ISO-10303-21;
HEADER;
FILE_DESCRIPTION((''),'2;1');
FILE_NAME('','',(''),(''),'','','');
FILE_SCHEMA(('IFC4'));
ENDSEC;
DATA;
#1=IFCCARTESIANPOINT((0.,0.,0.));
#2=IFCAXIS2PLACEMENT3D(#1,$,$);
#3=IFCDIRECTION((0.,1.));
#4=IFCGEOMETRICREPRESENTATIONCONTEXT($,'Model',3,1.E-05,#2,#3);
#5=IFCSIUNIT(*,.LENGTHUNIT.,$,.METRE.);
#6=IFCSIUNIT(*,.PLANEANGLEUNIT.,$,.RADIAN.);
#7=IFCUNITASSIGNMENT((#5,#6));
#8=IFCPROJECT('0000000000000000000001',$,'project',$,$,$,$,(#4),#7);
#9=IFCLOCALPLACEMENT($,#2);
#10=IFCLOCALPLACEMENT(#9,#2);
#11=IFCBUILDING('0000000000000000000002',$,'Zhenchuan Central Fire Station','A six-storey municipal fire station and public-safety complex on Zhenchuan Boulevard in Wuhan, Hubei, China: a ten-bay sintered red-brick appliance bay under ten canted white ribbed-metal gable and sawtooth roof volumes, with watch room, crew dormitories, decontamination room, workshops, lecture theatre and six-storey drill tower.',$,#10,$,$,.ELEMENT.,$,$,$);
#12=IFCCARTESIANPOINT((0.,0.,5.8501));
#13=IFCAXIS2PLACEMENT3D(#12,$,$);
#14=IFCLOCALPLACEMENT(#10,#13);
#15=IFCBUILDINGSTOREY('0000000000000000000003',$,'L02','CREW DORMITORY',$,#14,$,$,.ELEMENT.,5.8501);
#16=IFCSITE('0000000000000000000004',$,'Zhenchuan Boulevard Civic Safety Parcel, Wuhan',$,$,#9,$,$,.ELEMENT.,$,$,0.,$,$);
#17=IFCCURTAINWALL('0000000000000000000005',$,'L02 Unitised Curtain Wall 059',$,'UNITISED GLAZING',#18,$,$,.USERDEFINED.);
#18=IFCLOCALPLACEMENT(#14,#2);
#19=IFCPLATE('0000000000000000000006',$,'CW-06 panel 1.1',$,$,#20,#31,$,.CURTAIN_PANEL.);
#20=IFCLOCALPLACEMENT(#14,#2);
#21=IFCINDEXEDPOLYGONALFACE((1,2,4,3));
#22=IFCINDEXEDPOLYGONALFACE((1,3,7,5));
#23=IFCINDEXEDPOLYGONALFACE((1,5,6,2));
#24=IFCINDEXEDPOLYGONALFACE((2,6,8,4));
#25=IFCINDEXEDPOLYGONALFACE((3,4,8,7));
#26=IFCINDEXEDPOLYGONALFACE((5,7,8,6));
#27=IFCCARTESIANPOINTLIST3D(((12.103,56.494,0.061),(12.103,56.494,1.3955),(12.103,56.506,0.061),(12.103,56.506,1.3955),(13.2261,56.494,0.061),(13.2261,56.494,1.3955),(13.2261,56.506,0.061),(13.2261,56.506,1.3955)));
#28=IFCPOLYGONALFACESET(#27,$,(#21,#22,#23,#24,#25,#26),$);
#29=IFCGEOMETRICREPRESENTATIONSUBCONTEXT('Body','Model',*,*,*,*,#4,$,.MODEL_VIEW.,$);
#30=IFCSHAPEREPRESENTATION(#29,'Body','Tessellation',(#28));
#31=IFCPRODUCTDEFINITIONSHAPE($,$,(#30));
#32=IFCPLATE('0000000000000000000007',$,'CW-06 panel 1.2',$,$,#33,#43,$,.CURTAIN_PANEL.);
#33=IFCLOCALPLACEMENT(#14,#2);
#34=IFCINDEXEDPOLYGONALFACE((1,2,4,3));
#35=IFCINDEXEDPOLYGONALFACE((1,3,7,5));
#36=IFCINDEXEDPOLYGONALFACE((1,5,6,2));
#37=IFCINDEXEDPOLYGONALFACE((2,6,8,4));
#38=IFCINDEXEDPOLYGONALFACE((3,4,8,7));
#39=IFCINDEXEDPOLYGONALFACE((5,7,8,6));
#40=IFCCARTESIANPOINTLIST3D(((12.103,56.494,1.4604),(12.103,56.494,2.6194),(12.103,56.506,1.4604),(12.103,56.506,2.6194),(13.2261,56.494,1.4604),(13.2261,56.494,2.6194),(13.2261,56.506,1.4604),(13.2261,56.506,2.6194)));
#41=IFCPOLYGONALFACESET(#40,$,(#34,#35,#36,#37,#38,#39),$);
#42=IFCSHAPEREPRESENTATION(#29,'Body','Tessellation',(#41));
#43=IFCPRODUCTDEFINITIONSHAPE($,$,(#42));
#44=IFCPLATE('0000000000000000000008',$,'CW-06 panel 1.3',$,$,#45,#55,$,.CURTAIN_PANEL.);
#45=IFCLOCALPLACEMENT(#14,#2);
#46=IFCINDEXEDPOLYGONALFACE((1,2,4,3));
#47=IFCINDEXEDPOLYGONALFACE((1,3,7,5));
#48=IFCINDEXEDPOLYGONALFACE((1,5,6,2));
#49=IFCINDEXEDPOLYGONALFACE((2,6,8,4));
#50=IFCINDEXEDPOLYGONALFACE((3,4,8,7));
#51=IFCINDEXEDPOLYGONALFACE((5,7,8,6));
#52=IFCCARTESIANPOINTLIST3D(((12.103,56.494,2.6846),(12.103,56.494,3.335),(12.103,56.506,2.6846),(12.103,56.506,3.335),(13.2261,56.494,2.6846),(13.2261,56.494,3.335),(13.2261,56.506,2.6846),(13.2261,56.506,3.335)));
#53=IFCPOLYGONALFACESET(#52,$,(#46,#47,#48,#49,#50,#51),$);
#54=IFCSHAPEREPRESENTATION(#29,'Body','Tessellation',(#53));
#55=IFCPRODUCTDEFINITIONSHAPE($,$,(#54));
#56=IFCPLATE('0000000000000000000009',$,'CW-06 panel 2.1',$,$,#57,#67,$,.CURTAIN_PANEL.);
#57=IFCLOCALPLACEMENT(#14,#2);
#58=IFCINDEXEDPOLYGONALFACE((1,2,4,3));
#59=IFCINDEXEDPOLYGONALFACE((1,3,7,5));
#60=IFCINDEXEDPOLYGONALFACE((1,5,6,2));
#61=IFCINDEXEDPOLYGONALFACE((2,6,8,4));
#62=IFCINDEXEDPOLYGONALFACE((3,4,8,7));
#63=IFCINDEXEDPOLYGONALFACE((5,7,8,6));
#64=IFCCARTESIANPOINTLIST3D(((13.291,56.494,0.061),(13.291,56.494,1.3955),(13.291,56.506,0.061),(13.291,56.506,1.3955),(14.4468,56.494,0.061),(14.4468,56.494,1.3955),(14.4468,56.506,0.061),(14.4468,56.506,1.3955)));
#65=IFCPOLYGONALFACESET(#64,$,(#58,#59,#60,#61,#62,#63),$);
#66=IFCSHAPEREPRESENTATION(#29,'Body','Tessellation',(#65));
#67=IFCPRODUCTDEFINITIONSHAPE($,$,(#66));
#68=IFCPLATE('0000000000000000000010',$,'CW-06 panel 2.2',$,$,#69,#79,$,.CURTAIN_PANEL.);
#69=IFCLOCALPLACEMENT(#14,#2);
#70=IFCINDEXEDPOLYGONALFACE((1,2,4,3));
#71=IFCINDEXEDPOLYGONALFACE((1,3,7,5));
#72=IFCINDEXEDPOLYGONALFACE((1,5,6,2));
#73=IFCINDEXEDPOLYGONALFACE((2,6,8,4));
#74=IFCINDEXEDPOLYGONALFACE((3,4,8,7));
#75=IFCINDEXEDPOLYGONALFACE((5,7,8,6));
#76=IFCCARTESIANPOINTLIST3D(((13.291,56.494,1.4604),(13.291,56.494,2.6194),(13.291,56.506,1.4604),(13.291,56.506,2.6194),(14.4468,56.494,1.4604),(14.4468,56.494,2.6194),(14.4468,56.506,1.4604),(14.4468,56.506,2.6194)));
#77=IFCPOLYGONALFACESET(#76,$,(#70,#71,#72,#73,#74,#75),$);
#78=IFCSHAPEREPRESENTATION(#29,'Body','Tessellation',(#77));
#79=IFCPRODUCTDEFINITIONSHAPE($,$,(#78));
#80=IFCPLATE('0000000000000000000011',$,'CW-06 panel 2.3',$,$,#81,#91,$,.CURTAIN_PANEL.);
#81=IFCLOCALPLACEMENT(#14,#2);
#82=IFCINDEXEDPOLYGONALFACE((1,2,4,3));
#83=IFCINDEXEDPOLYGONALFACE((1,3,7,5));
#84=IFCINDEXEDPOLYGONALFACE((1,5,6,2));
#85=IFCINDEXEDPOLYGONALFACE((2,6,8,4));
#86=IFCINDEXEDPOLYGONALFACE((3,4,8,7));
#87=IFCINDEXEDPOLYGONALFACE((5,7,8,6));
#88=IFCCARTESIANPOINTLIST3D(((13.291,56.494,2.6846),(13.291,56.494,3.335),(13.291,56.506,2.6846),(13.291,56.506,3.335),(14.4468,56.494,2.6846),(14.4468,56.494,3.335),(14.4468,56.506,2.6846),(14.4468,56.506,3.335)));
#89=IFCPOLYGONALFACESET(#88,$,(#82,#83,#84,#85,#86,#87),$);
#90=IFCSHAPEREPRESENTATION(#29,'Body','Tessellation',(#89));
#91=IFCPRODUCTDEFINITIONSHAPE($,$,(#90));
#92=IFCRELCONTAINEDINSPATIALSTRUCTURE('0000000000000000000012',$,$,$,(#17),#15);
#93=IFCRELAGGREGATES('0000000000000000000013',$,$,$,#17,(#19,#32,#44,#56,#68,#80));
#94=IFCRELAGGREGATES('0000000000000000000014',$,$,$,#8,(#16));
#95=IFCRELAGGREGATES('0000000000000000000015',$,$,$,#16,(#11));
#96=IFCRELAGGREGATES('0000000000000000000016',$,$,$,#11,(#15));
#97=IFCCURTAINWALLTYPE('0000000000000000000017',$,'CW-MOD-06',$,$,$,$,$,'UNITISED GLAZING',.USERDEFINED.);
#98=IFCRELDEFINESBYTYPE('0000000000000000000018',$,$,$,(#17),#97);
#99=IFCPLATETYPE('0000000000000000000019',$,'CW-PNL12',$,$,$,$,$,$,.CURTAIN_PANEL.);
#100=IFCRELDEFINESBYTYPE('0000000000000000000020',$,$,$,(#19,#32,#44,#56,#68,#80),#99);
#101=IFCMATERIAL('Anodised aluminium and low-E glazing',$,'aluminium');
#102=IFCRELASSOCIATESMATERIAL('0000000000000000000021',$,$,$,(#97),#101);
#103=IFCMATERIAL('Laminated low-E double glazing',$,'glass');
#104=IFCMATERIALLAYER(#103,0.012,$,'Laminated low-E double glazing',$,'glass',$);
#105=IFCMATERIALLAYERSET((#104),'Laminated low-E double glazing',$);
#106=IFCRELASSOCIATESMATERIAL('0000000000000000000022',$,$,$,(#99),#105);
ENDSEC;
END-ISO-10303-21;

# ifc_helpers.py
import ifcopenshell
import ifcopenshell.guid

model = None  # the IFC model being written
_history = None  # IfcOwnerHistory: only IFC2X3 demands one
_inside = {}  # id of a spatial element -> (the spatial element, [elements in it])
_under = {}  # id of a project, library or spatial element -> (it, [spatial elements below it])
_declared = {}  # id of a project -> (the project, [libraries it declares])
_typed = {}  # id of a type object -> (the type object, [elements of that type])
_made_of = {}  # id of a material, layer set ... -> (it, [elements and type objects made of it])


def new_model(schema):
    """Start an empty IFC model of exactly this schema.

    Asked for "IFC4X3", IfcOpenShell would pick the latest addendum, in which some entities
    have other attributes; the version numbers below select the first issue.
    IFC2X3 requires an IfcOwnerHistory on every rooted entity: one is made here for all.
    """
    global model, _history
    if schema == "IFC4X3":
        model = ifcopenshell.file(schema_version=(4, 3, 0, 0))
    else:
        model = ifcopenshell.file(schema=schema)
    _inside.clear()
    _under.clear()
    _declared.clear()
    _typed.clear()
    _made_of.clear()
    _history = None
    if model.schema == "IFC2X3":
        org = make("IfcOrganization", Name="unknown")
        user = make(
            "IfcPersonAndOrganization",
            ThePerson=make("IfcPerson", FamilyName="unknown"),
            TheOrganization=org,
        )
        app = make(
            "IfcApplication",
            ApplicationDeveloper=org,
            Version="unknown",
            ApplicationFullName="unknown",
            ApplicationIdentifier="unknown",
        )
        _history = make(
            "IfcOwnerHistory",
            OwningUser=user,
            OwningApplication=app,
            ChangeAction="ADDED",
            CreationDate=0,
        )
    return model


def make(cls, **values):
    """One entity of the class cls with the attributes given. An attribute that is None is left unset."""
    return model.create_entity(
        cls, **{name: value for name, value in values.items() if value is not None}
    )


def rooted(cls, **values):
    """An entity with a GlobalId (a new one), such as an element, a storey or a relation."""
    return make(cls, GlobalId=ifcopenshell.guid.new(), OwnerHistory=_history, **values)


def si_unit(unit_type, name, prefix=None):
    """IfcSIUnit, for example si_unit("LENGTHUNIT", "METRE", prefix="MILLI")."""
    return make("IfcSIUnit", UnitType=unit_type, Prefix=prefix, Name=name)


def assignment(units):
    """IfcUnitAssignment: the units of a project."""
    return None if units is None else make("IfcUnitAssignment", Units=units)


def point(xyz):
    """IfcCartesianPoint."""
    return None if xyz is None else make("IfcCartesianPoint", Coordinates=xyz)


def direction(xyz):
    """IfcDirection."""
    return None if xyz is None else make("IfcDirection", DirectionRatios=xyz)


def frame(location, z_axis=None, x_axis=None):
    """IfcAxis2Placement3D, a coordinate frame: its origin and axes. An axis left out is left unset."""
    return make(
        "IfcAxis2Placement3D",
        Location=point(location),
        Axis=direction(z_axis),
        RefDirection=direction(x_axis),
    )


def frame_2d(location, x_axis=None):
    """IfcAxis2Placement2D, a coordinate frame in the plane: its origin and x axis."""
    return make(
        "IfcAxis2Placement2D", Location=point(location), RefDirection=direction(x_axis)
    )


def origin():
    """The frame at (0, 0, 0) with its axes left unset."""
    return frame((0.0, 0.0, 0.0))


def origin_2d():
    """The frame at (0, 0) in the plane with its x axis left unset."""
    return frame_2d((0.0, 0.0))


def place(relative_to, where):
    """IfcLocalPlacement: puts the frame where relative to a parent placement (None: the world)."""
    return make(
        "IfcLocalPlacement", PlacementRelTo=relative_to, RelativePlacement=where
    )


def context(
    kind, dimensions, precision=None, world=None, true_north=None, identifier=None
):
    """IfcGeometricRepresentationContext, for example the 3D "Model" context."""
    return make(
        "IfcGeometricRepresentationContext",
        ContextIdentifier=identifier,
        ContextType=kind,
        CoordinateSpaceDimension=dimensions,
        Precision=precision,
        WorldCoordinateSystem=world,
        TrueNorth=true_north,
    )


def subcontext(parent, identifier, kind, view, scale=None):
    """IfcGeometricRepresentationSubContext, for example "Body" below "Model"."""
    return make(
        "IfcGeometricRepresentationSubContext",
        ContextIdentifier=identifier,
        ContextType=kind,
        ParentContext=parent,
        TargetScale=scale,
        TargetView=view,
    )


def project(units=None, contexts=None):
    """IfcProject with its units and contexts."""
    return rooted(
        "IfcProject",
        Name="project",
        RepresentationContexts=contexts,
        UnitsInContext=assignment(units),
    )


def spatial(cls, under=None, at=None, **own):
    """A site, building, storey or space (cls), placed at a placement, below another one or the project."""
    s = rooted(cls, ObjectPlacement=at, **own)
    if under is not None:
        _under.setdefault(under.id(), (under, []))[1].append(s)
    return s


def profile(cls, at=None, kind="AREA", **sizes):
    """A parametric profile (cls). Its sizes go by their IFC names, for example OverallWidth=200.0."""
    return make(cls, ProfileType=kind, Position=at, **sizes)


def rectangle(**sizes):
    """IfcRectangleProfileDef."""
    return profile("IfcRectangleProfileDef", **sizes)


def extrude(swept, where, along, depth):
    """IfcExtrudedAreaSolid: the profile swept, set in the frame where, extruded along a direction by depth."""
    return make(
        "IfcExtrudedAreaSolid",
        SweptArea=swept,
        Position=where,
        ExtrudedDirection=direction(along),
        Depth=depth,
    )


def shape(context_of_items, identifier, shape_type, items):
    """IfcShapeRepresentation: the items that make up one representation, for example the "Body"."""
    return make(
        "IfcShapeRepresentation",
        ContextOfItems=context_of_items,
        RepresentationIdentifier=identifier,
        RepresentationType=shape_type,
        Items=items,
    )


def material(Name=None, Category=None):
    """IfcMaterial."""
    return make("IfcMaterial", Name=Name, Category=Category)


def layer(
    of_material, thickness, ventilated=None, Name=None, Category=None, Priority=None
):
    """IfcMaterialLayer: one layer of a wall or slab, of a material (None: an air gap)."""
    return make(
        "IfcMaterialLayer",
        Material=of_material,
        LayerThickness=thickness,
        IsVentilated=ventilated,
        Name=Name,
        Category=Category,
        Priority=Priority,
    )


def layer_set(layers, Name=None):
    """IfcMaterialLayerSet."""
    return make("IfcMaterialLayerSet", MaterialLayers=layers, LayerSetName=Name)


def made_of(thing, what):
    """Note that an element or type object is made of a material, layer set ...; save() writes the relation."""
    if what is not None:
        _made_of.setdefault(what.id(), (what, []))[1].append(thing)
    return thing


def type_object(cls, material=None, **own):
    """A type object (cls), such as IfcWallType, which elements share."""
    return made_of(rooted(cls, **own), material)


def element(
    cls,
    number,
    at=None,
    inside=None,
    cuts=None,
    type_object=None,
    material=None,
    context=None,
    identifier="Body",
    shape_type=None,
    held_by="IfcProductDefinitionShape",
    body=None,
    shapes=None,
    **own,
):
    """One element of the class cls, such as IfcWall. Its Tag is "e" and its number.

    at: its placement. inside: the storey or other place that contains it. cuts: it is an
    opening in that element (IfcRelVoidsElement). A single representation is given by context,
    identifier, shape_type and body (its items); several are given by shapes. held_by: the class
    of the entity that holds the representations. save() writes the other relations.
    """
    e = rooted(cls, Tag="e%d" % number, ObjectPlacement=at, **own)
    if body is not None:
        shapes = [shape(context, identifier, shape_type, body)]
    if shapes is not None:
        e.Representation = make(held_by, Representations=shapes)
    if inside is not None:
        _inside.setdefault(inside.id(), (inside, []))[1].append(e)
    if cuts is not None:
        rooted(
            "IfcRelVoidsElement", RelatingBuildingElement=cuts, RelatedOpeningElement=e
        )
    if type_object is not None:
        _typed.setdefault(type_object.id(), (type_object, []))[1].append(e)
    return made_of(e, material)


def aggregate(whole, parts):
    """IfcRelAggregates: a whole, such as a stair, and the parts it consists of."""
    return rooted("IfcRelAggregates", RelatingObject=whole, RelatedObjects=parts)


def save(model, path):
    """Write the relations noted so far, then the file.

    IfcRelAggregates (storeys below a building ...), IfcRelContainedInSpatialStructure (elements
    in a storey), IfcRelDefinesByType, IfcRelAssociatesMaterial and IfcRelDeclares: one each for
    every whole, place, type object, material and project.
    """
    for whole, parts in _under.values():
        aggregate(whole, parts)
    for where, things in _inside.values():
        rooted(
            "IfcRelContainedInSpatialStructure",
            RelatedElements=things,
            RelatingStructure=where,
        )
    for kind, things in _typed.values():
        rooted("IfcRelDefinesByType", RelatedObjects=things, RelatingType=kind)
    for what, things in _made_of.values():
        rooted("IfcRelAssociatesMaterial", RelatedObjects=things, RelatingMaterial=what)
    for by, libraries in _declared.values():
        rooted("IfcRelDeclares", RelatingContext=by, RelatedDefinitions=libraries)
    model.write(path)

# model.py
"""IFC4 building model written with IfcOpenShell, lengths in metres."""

from ifc_helpers import new_model, si_unit, direction, frame, origin, origin_2d, place, context, subcontext, project, spatial, rectangle, extrude, material, layer, layer_set, type_object, element, aggregate, save


model = new_model("IFC4")

# Units and contexts
model_context = context("Model", 3, precision=1e-05, world=origin(), true_north=direction((0.0, 1.0)))
body_context = subcontext(model_context, "Body", "Model", "MODEL_VIEW")
ifc_project = project(units=[si_unit("LENGTHUNIT", "METRE"), si_unit("PLANEANGLEUNIT", "RADIAN")], contexts=[model_context])

# Site, building, storey
site_placement = place(None, origin())
site = spatial("IfcSite", under=ifc_project, at=site_placement, Name="Zhenchuan Boulevard Civic Safety Parcel, Wuhan", CompositionType="ELEMENT", RefElevation=0.0)
building_placement = place(site_placement, origin())
building = spatial("IfcBuilding", under=site, at=building_placement, Name="Zhenchuan Central Fire Station", Description="A six-storey municipal fire station and public-safety complex on Zhenchuan Boulevard in Wuhan, Hubei, China: a ten-bay sintered red-brick appliance bay under ten canted white ribbed-metal gable and sawtooth roof volumes, with watch room, crew dormitories, decontamination room, workshops, lecture theatre and six-storey drill tower.", CompositionType="ELEMENT")
storey_placement = place(building_placement, frame((0.0, 0.0, 5.8501)))
storey = spatial("IfcBuildingStorey", under=building, at=storey_placement, Name="L02", Description="CREW DORMITORY", CompositionType="ELEMENT", Elevation=5.8501)

# Curtain wall, plates
ifc_material_1 = material(Name="Anodised aluminium and low-E glazing", Category="aluminium")
curtain_wall_type = type_object("IfcCurtainWallType", Name="CW-MOD-06", ElementType="UNITISED GLAZING", PredefinedType="USERDEFINED", material=ifc_material_1)
curtain_wall_placement = place(storey_placement, origin())
curtain_wall = element("IfcCurtainWall", 1, at=curtain_wall_placement, inside=storey, type_object=curtain_wall_type, Name="L02 Unitised Curtain Wall 059", ObjectType="UNITISED GLAZING", PredefinedType="USERDEFINED")
ifc_material_2 = material(Name="Laminated low-E double glazing", Category="glass")
ifc_layer = layer(ifc_material_2, 0.012, Name="Laminated low-E double glazing", Category="glass")
ifc_layer_set = layer_set([ifc_layer], Name="Laminated low-E double glazing")
plate_type = type_object("IfcPlateType", Name="CW-PNL12", PredefinedType="CURTAIN_PANEL", material=ifc_layer_set)
plate_1_placement = place(storey_placement, frame((12.6646, 56.5, 0.061), z_axis=(0.0, 0.0, 1.0), x_axis=(1.0, 0.0, 0.0)))
plate_1 = element("IfcPlate", 2, at=plate_1_placement, type_object=plate_type, Name="CW-06 panel 1.1", PredefinedType="CURTAIN_PANEL", context=body_context, shape_type="SweptSolid", body=[
    extrude(rectangle(XDim=1.123, YDim=0.012, at=origin_2d()), origin(), (0.0, 0.0, 1.0), 1.3345),
])
plate_2_placement = place(storey_placement, frame((12.6646, 56.5, 1.4604), z_axis=(0.0, 0.0, 1.0), x_axis=(1.0, 0.0, 0.0)))
plate_2 = element("IfcPlate", 3, at=plate_2_placement, type_object=plate_type, Name="CW-06 panel 1.2", PredefinedType="CURTAIN_PANEL", context=body_context, shape_type="SweptSolid", body=[
    extrude(rectangle(XDim=1.123, YDim=0.012, at=origin_2d()), origin(), (0.0, 0.0, 1.0), 1.1589),
])
plate_3_placement = place(storey_placement, frame((12.6646, 56.5, 2.6846), z_axis=(0.0, 0.0, 1.0), x_axis=(1.0, 0.0, 0.0)))
plate_3 = element("IfcPlate", 4, at=plate_3_placement, type_object=plate_type, Name="CW-06 panel 1.3", PredefinedType="CURTAIN_PANEL", context=body_context, shape_type="SweptSolid", body=[
    extrude(rectangle(XDim=1.123, YDim=0.012, at=origin_2d()), origin(), (0.0, 0.0, 1.0), 0.6504),
])
plate_4_placement = place(storey_placement, frame((13.8689, 56.5, 0.061), z_axis=(0.0, 0.0, 1.0), x_axis=(1.0, 0.0, 0.0)))
plate_4 = element("IfcPlate", 5, at=plate_4_placement, type_object=plate_type, Name="CW-06 panel 2.1", PredefinedType="CURTAIN_PANEL", context=body_context, shape_type="SweptSolid", body=[
    extrude(rectangle(XDim=1.1558, YDim=0.012, at=origin_2d()), origin(), (0.0, 0.0, 1.0), 1.3345),
])
plate_5_placement = place(storey_placement, frame((13.8689, 56.5, 1.4604), z_axis=(0.0, 0.0, 1.0), x_axis=(1.0, 0.0, 0.0)))
plate_5 = element("IfcPlate", 6, at=plate_5_placement, type_object=plate_type, Name="CW-06 panel 2.2", PredefinedType="CURTAIN_PANEL", context=body_context, shape_type="SweptSolid", body=[
    extrude(rectangle(XDim=1.1558, YDim=0.012, at=origin_2d()), origin(), (0.0, 0.0, 1.0), 1.1589),
])
plate_6_placement = place(storey_placement, frame((13.8689, 56.5, 2.6846), z_axis=(0.0, 0.0, 1.0), x_axis=(1.0, 0.0, 0.0)))
plate_6 = element("IfcPlate", 7, at=plate_6_placement, type_object=plate_type, Name="CW-06 panel 2.3", PredefinedType="CURTAIN_PANEL", context=body_context, shape_type="SweptSolid", body=[
    extrude(rectangle(XDim=1.1558, YDim=0.012, at=origin_2d()), origin(), (0.0, 0.0, 1.0), 0.6504),
])
aggregate(curtain_wall, [plate_1, plate_2, plate_3, plate_4, plate_5, plate_6])

save(model, "model.ifc")
